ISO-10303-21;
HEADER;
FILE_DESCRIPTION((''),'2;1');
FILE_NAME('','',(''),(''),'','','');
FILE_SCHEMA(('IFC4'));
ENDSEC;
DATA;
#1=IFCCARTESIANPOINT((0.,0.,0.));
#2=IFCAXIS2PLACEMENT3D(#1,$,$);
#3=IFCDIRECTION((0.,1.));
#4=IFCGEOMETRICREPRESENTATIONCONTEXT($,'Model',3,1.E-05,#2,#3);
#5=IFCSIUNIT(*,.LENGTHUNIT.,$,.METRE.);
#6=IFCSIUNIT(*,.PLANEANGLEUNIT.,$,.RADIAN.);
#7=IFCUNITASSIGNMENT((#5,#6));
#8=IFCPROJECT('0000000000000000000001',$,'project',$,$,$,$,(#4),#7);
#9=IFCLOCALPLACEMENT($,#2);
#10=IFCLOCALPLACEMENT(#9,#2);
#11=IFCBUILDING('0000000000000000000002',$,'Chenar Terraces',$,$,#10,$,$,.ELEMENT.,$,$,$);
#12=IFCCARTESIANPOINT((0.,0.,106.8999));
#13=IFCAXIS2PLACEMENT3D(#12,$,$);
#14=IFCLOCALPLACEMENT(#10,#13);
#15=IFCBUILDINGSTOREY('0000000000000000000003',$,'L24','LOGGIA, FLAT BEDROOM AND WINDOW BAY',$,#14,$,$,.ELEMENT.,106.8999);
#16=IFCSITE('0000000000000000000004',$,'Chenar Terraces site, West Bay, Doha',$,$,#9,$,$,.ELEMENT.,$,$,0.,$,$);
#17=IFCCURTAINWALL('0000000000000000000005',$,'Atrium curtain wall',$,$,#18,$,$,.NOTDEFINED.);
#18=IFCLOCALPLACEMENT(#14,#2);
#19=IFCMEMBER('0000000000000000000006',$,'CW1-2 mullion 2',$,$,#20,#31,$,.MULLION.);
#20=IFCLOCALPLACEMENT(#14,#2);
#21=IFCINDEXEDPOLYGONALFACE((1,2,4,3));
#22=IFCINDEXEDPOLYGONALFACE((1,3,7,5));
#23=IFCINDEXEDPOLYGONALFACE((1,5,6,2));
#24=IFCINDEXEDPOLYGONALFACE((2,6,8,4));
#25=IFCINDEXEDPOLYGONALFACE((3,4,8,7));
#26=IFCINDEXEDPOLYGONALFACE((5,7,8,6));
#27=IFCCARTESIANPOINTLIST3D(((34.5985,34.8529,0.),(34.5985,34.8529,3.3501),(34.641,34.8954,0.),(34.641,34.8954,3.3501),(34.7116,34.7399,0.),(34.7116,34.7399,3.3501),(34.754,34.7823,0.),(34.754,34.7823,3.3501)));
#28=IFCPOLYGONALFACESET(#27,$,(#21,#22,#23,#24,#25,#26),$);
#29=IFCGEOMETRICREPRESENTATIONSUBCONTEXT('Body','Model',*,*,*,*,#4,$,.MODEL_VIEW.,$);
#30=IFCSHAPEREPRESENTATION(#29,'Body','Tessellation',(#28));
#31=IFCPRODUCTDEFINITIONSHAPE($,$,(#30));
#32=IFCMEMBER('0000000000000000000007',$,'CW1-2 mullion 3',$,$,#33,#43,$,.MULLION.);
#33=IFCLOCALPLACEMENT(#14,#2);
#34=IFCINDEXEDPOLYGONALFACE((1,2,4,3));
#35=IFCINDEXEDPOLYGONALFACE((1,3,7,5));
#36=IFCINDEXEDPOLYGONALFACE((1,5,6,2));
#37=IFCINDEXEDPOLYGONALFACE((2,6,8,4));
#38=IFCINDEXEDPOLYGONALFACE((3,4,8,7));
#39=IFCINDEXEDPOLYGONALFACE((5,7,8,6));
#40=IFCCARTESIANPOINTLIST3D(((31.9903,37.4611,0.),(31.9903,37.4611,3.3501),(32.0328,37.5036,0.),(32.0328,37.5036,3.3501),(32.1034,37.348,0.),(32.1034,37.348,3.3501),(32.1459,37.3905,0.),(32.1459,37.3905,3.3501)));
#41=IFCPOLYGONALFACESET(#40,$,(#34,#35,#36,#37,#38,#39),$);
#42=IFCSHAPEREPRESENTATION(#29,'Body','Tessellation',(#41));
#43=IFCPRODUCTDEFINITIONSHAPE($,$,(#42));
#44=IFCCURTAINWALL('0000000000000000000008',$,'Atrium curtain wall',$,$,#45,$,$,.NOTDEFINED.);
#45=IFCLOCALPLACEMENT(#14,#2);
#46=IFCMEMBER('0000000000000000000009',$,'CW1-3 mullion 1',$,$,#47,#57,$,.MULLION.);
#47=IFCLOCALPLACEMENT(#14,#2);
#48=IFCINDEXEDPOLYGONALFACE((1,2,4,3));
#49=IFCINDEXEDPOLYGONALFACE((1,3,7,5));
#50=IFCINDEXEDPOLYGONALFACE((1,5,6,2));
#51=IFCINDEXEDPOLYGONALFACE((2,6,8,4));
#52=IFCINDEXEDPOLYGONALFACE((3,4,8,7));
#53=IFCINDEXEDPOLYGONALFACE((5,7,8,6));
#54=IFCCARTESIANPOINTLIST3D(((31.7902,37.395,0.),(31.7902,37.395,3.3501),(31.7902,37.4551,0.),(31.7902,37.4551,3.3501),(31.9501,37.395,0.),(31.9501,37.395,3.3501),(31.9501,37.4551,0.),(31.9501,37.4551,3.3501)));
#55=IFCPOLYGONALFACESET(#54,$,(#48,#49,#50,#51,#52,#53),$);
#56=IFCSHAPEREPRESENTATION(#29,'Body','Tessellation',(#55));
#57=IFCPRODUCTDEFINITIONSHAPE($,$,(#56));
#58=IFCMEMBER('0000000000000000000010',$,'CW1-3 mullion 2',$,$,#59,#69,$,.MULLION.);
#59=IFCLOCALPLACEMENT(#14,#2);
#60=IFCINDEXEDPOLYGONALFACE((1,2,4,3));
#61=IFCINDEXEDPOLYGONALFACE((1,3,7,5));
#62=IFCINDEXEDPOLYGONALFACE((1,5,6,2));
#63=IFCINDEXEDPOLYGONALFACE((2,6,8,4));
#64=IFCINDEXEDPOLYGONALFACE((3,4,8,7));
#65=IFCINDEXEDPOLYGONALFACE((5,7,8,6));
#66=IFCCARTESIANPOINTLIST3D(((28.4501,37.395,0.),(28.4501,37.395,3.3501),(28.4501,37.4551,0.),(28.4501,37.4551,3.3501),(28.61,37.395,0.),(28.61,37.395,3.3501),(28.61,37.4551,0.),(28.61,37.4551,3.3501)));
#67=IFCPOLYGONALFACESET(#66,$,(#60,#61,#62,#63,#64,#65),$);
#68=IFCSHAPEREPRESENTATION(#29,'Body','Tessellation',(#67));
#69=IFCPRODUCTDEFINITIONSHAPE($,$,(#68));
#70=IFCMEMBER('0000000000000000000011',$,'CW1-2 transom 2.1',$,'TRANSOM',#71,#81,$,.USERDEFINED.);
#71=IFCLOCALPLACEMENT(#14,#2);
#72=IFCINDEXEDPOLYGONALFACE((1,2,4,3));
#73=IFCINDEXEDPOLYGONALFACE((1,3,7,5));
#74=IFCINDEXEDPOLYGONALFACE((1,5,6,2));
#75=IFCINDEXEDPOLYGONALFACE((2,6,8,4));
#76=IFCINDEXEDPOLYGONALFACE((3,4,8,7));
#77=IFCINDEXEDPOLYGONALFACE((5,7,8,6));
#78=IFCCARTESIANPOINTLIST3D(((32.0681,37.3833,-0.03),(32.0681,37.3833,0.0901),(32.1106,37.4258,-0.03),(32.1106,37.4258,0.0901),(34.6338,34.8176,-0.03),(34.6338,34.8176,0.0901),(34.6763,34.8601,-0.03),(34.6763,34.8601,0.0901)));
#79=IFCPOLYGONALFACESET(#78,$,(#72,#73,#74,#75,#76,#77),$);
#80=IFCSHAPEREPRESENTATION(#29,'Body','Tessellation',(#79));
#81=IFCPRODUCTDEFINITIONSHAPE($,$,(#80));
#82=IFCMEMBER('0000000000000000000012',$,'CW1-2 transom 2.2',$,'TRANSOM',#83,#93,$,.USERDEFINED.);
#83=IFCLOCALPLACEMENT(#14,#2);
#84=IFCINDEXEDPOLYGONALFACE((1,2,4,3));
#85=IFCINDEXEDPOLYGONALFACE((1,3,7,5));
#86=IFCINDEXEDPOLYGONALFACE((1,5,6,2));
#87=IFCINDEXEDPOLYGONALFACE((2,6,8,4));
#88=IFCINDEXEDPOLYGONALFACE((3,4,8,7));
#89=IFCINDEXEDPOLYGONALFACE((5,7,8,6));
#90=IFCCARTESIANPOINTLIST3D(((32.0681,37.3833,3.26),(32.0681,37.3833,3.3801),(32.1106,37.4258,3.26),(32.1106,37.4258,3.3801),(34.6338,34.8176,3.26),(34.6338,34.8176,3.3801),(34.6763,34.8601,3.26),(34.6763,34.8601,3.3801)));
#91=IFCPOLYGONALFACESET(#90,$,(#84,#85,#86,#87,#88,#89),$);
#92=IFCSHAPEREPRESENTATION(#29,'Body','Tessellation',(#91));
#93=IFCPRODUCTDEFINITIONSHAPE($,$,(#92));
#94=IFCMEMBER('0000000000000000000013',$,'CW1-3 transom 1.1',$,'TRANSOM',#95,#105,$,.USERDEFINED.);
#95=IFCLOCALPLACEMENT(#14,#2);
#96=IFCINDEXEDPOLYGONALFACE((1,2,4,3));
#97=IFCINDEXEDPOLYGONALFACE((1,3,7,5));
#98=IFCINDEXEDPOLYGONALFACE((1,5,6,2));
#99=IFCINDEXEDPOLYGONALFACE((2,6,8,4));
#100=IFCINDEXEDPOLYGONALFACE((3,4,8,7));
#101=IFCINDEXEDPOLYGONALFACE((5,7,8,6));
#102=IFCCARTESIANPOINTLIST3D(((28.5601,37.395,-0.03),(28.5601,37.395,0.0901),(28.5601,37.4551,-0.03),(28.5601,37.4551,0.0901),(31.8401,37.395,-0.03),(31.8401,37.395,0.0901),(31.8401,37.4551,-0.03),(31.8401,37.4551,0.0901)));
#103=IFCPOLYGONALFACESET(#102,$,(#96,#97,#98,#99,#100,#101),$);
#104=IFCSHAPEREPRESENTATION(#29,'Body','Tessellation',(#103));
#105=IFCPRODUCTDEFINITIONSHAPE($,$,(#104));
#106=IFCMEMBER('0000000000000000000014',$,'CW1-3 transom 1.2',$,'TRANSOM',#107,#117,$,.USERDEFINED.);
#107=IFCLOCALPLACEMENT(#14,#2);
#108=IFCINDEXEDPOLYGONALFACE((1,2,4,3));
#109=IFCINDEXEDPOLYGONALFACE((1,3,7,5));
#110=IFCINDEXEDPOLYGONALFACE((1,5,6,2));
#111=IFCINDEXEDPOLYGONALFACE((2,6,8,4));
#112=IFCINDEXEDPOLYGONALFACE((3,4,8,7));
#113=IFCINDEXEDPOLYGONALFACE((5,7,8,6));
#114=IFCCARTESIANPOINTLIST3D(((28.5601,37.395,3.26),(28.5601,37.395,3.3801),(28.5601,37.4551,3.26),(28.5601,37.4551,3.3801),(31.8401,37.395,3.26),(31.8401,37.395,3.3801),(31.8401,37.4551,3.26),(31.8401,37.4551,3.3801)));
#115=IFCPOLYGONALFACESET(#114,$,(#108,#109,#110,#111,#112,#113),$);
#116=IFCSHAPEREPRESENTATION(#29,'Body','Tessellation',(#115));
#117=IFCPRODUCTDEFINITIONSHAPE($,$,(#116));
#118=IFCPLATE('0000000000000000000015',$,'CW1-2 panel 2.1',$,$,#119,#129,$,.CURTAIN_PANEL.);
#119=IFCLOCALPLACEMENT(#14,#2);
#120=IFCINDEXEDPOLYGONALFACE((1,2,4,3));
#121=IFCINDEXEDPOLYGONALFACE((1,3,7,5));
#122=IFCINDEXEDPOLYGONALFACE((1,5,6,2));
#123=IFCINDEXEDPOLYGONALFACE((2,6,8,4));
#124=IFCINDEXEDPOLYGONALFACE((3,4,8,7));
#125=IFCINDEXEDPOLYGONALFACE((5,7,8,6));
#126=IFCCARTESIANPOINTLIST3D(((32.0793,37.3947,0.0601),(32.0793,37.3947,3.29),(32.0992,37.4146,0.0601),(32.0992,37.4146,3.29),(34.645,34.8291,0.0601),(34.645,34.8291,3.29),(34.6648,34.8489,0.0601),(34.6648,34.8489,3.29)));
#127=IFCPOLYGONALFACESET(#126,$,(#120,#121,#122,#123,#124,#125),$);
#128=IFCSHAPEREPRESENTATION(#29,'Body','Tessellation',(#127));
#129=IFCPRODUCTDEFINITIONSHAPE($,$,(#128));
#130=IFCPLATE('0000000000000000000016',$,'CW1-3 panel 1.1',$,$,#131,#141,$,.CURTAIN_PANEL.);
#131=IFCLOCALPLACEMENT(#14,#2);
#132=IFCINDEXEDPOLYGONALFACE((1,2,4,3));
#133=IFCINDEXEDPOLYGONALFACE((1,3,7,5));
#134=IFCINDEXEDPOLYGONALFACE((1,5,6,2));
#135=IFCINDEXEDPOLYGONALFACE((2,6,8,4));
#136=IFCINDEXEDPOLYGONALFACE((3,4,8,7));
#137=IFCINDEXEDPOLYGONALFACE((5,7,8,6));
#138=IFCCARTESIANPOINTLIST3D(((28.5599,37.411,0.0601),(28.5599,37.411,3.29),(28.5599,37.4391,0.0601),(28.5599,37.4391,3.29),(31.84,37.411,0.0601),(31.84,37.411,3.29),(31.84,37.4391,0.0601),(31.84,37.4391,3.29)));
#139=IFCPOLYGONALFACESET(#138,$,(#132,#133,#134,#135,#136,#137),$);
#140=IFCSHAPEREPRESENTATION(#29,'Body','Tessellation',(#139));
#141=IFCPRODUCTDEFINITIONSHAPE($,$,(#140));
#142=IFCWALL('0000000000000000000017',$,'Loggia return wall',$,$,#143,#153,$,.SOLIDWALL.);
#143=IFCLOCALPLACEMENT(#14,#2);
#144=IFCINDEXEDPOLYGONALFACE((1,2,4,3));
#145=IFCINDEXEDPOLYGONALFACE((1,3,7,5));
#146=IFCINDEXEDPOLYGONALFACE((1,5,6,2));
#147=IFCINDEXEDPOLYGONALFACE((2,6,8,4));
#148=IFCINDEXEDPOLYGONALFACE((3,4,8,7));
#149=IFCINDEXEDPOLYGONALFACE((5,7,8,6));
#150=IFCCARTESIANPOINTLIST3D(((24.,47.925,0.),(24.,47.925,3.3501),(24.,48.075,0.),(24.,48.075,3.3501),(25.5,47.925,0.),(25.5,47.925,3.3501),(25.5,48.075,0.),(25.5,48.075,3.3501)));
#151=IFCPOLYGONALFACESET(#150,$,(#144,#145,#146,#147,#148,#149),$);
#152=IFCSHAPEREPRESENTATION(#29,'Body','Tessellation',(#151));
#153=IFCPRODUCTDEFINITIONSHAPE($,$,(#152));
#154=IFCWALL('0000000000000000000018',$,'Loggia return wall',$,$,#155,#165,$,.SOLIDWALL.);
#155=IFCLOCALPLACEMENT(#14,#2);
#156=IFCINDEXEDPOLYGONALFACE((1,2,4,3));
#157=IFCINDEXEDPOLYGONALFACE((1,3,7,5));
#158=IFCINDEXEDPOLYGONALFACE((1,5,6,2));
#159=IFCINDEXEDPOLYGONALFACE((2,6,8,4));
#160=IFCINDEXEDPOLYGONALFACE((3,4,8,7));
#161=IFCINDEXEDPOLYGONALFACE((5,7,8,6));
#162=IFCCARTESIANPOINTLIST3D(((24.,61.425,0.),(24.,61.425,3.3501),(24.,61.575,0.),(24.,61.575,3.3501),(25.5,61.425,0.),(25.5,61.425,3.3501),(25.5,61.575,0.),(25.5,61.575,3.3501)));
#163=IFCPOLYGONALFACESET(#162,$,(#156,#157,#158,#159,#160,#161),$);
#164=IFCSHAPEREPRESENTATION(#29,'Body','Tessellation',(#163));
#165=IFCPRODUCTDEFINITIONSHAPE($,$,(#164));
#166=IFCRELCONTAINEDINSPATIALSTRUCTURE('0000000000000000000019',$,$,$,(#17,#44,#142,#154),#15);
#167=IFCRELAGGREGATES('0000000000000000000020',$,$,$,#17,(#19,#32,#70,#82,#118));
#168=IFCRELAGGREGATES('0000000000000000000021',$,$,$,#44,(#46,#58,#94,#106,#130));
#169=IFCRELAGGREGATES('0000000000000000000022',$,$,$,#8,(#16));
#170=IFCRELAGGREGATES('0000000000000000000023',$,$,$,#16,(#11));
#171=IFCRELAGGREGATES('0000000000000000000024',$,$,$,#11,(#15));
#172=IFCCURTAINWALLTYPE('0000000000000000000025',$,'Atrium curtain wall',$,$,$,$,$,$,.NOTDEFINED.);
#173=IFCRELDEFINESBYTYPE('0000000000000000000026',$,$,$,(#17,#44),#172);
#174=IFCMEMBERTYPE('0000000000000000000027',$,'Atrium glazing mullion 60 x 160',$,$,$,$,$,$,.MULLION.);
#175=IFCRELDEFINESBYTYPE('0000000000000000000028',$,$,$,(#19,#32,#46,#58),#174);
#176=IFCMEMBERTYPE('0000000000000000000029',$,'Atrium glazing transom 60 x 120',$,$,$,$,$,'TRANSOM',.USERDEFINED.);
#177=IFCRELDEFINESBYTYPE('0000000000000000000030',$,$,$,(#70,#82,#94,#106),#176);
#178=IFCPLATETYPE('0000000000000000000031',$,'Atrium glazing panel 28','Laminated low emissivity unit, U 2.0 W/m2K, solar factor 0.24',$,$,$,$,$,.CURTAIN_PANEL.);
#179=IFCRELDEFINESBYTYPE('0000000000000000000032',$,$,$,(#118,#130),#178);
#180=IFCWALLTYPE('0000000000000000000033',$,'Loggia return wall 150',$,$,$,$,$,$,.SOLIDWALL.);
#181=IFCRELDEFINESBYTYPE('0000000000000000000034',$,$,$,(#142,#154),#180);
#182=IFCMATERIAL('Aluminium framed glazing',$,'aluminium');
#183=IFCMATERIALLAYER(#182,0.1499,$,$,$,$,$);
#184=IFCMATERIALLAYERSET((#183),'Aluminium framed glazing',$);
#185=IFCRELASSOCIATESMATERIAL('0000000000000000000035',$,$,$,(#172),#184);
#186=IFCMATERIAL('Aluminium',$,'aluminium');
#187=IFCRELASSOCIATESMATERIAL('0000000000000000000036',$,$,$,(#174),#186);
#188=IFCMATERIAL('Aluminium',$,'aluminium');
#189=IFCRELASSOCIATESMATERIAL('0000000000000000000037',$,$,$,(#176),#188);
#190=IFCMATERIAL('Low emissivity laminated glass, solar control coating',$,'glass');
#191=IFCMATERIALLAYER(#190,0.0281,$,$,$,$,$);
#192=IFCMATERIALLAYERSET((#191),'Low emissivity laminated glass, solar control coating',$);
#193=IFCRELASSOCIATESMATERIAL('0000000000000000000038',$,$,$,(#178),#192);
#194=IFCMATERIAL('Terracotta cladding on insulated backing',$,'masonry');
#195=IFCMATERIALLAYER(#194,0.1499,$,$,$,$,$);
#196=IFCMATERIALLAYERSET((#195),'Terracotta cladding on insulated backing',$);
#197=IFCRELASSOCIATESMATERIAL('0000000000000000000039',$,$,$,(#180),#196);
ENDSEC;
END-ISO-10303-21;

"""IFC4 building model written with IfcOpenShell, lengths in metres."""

from ifc_helpers import new_model, si_unit, direction, frame, frame_2d, origin, origin_2d, place, context, subcontext, project, spatial, rectangle, extrude, material, layer, layer_set, material_profile, profile_set, type_object, element, aggregate, save


model = new_model("IFC4")

# Units and contexts
model_context = context("Model", 3, precision=1e-05, world=origin(), true_north=direction((0.0, 1.0)))
body_context = subcontext(model_context, "Body", "Model", "MODEL_VIEW")
ifc_project = project(units=[si_unit("LENGTHUNIT", "METRE"), si_unit("PLANEANGLEUNIT", "RADIAN")], contexts=[model_context])

# Site, building, storey
site_placement = place(None, origin())
site = spatial("IfcSite", under=ifc_project, at=site_placement, Name="Chenar Terraces site, West Bay, Doha", CompositionType="ELEMENT", RefElevation=0.0)
building_placement = place(site_placement, origin())
building = spatial("IfcBuilding", under=site, at=building_placement, Name="Chenar Terraces", CompositionType="ELEMENT")
storey_placement = place(building_placement, frame((0.0, 0.0, 106.8999)))
storey = spatial("IfcBuildingStorey", under=building, at=storey_placement, Name="L24", Description="LOGGIA, FLAT BEDROOM AND WINDOW BAY", CompositionType="ELEMENT", Elevation=106.8999)

# Curtain walls, members
ifc_material_1 = material(Name="Aluminium framed glazing", Category="aluminium")
ifc_layer_1 = layer(ifc_material_1, 0.1499)
ifc_layer_set_1 = layer_set([ifc_layer_1], Name="Aluminium framed glazing")
curtain_wall_type = type_object("IfcCurtainWallType", Name="Atrium curtain wall", PredefinedType="NOTDEFINED", material=ifc_layer_set_1)
placement = place(storey_placement, origin())
curtain_wall_1 = element("IfcCurtainWall", 1, at=placement, inside=storey, type_object=curtain_wall_type, Name="Atrium curtain wall", PredefinedType="NOTDEFINED")
ifc_material_2 = material(Name="Aluminium", Category="aluminium")
ifc_material_profile_1 = material_profile(ifc_material_2, rectangle(XDim=0.0601, YDim=0.1599, at=origin_2d()), Name="Atrium glazing mullion 60 x 160")
ifc_profile_set_1 = profile_set([ifc_material_profile_1], Name="Aluminium")
member_type_1 = type_object("IfcMemberType", Name="Atrium glazing mullion 60 x 160", PredefinedType="MULLION", material=ifc_profile_set_1)
member_1_placement = place(storey_placement, frame((34.6763, 34.8176, 0.0), z_axis=(0.0, 0.0, 1.0), x_axis=(-0.707107, -0.707107, 0.0)))
member_1 = element("IfcMember", 2, at=member_1_placement, type_object=member_type_1, Name="CW1-2 mullion 2", PredefinedType="MULLION", context=body_context, shape_type="SweptSolid", body=[
    extrude(rectangle(XDim=0.0601, YDim=0.1599, at=origin_2d()), origin(), (0.0, 0.0, 1.0), 3.3501),
])
member_2_placement = place(storey_placement, frame((32.0681, 37.4258, 0.0), z_axis=(0.0, 0.0, 1.0), x_axis=(-0.707107, -0.707107, 0.0)))
member_2 = element("IfcMember", 3, at=member_2_placement, type_object=member_type_1, Name="CW1-2 mullion 3", PredefinedType="MULLION", context=body_context, shape_type="SweptSolid", body=[
    extrude(rectangle(XDim=0.0601, YDim=0.1599, at=origin_2d()), origin(), (0.0, 0.0, 1.0), 3.3501),
])
curtain_wall_2 = element("IfcCurtainWall", 4, at=placement, inside=storey, type_object=curtain_wall_type, Name="Atrium curtain wall", PredefinedType="NOTDEFINED")
member_3_placement = place(storey_placement, frame((31.8701, 37.425, 0.0), z_axis=(0.0, 0.0, 1.0), x_axis=(0.0, -1.0, 0.0)))
member_3 = element("IfcMember", 5, at=member_3_placement, type_object=member_type_1, Name="CW1-3 mullion 1", PredefinedType="MULLION", context=body_context, shape_type="SweptSolid", body=[
    extrude(rectangle(XDim=0.0601, YDim=0.1599, at=origin_2d()), origin(), (0.0, 0.0, 1.0), 3.3501),
])
member_4_placement = place(storey_placement, frame((28.53, 37.425, 0.0), z_axis=(0.0, 0.0, 1.0), x_axis=(0.0, -1.0, 0.0)))
member_4 = element("IfcMember", 6, at=member_4_placement, type_object=member_type_1, Name="CW1-3 mullion 2", PredefinedType="MULLION", context=body_context, shape_type="SweptSolid", body=[
    extrude(rectangle(XDim=0.0601, YDim=0.1599, at=origin_2d()), origin(), (0.0, 0.0, 1.0), 3.3501),
])

# Members
ifc_material_3 = material(Name="Aluminium", Category="aluminium")
ifc_material_profile_2 = material_profile(ifc_material_3, rectangle(XDim=0.0601, YDim=0.1201, at=origin_2d()), Name="Atrium glazing transom 60 x 120")
ifc_profile_set_2 = profile_set([ifc_material_profile_2], Name="Aluminium")
member_type_2 = type_object("IfcMemberType", Name="Atrium glazing transom 60 x 120", ElementType="TRANSOM", PredefinedType="USERDEFINED", material=ifc_profile_set_2)
member_5_placement = place(storey_placement, frame((34.655, 34.8389, 0.03), z_axis=(-0.707107, 0.707107, 0.0), x_axis=(-0.707107, -0.707107, 0.0)))
member_5 = element("IfcMember", 7, at=member_5_placement, type_object=member_type_2, Name="CW1-2 transom 2.1", ObjectType="TRANSOM", PredefinedType="USERDEFINED", context=body_context, shape_type="SweptSolid", body=[
    extrude(rectangle(XDim=0.0601, YDim=0.1201, at=origin_2d()), origin(), (0.0, 0.0, 1.0), 3.6284),
])
member_6_placement = place(storey_placement, frame((34.655, 34.8389, 3.3201), z_axis=(-0.707107, 0.707107, 0.0), x_axis=(-0.707107, -0.707107, 0.0)))
member_6 = element("IfcMember", 8, at=member_6_placement, type_object=member_type_2, Name="CW1-2 transom 2.2", ObjectType="TRANSOM", PredefinedType="USERDEFINED", context=body_context, shape_type="SweptSolid", body=[
    extrude(rectangle(XDim=0.0601, YDim=0.1201, at=origin_2d()), origin(), (0.0, 0.0, 1.0), 3.6284),
])
member_7_placement = place(storey_placement, frame((31.8401, 37.425, 0.03), z_axis=(-1.0, 0.0, 0.0), x_axis=(0.0, -1.0, 0.0)))
member_7 = element("IfcMember", 9, at=member_7_placement, type_object=member_type_2, Name="CW1-3 transom 1.1", ObjectType="TRANSOM", PredefinedType="USERDEFINED", context=body_context, shape_type="SweptSolid", body=[
    extrude(rectangle(XDim=0.0601, YDim=0.1201, at=origin_2d()), origin(), (0.0, 0.0, 1.0), 3.28),
])
member_8_placement = place(storey_placement, frame((31.8401, 37.425, 3.3201), z_axis=(-1.0, 0.0, 0.0), x_axis=(0.0, -1.0, 0.0)))
member_8 = element("IfcMember", 10, at=member_8_placement, type_object=member_type_2, Name="CW1-3 transom 1.2", ObjectType="TRANSOM", PredefinedType="USERDEFINED", context=body_context, shape_type="SweptSolid", body=[
    extrude(rectangle(XDim=0.0601, YDim=0.1201, at=origin_2d()), origin(), (0.0, 0.0, 1.0), 3.28),
])

# Plates
ifc_material_4 = material(Name="Low emissivity laminated glass, solar control coating", Category="glass")
ifc_layer_2 = layer(ifc_material_4, 0.0281)
ifc_layer_set_2 = layer_set([ifc_layer_2], Name="Low emissivity laminated glass, solar control coating")
plate_type = type_object("IfcPlateType", Name="Atrium glazing panel 28", Description="Laminated low emissivity unit, U 2.0 W/m2K, solar factor 0.24", PredefinedType="CURTAIN_PANEL", material=ifc_layer_set_2)
plate_1_placement = place(storey_placement, frame((33.3721, 36.1218, 0.0601), z_axis=(0.0, 0.0, 1.0), x_axis=(-0.707107, 0.707107, 0.0)))
plate_1 = element("IfcPlate", 11, at=plate_1_placement, type_object=plate_type, Name="CW1-2 panel 2.1", PredefinedType="CURTAIN_PANEL", context=body_context, shape_type="SweptSolid", body=[
    extrude(rectangle(XDim=3.6284, YDim=0.0281, at=origin_2d()), origin(), (0.0, 0.0, 1.0), 3.23),
])
aggregate(curtain_wall_1, [member_1, member_2, member_5, member_6, plate_1])
plate_2_placement = place(storey_placement, frame((30.2, 37.425, 0.0601), z_axis=(0.0, 0.0, 1.0), x_axis=(-1.0, 0.0, 0.0)))
plate_2 = element("IfcPlate", 12, at=plate_2_placement, type_object=plate_type, Name="CW1-3 panel 1.1", PredefinedType="CURTAIN_PANEL", context=body_context, shape_type="SweptSolid", body=[
    extrude(rectangle(XDim=3.28, YDim=0.0281, at=origin_2d()), origin(), (0.0, 0.0, 1.0), 3.23),
])
aggregate(curtain_wall_2, [member_3, member_4, member_7, member_8, plate_2])

# Walls
ifc_material_5 = material(Name="Terracotta cladding on insulated backing", Category="masonry")
ifc_layer_3 = layer(ifc_material_5, 0.1499)
ifc_layer_set_3 = layer_set([ifc_layer_3], Name="Terracotta cladding on insulated backing")
wall_type_1 = type_object("IfcWallType", Name="Loggia return wall 150", PredefinedType="SOLIDWALL", material=ifc_layer_set_3)
for number, where, z_axis, x_axis, name in (
    (13, (25.5, 48.0, 0.0), (0.0, 0.0, 1.0), (-1.0, 0.0, 0.0), "Loggia return wall"),
    (14, (25.5, 61.5, 0.0), (0.0, 0.0, 1.0), (-1.0, 0.0, 0.0), "Loggia return wall"),
):
    element("IfcWall", number, at=place(storey_placement, frame(where, z_axis=z_axis, x_axis=x_axis)), inside=storey, type_object=wall_type_1, Name=name, PredefinedType="SOLIDWALL", context=body_context, shape_type="SweptSolid", body=[
        extrude(rectangle(XDim=1.5, YDim=0.1499, at=frame_2d((0.75, 0.0))), origin(), (0.0, 0.0, 1.0), 3.3501),
    ])

save(model, "model.ifc")
